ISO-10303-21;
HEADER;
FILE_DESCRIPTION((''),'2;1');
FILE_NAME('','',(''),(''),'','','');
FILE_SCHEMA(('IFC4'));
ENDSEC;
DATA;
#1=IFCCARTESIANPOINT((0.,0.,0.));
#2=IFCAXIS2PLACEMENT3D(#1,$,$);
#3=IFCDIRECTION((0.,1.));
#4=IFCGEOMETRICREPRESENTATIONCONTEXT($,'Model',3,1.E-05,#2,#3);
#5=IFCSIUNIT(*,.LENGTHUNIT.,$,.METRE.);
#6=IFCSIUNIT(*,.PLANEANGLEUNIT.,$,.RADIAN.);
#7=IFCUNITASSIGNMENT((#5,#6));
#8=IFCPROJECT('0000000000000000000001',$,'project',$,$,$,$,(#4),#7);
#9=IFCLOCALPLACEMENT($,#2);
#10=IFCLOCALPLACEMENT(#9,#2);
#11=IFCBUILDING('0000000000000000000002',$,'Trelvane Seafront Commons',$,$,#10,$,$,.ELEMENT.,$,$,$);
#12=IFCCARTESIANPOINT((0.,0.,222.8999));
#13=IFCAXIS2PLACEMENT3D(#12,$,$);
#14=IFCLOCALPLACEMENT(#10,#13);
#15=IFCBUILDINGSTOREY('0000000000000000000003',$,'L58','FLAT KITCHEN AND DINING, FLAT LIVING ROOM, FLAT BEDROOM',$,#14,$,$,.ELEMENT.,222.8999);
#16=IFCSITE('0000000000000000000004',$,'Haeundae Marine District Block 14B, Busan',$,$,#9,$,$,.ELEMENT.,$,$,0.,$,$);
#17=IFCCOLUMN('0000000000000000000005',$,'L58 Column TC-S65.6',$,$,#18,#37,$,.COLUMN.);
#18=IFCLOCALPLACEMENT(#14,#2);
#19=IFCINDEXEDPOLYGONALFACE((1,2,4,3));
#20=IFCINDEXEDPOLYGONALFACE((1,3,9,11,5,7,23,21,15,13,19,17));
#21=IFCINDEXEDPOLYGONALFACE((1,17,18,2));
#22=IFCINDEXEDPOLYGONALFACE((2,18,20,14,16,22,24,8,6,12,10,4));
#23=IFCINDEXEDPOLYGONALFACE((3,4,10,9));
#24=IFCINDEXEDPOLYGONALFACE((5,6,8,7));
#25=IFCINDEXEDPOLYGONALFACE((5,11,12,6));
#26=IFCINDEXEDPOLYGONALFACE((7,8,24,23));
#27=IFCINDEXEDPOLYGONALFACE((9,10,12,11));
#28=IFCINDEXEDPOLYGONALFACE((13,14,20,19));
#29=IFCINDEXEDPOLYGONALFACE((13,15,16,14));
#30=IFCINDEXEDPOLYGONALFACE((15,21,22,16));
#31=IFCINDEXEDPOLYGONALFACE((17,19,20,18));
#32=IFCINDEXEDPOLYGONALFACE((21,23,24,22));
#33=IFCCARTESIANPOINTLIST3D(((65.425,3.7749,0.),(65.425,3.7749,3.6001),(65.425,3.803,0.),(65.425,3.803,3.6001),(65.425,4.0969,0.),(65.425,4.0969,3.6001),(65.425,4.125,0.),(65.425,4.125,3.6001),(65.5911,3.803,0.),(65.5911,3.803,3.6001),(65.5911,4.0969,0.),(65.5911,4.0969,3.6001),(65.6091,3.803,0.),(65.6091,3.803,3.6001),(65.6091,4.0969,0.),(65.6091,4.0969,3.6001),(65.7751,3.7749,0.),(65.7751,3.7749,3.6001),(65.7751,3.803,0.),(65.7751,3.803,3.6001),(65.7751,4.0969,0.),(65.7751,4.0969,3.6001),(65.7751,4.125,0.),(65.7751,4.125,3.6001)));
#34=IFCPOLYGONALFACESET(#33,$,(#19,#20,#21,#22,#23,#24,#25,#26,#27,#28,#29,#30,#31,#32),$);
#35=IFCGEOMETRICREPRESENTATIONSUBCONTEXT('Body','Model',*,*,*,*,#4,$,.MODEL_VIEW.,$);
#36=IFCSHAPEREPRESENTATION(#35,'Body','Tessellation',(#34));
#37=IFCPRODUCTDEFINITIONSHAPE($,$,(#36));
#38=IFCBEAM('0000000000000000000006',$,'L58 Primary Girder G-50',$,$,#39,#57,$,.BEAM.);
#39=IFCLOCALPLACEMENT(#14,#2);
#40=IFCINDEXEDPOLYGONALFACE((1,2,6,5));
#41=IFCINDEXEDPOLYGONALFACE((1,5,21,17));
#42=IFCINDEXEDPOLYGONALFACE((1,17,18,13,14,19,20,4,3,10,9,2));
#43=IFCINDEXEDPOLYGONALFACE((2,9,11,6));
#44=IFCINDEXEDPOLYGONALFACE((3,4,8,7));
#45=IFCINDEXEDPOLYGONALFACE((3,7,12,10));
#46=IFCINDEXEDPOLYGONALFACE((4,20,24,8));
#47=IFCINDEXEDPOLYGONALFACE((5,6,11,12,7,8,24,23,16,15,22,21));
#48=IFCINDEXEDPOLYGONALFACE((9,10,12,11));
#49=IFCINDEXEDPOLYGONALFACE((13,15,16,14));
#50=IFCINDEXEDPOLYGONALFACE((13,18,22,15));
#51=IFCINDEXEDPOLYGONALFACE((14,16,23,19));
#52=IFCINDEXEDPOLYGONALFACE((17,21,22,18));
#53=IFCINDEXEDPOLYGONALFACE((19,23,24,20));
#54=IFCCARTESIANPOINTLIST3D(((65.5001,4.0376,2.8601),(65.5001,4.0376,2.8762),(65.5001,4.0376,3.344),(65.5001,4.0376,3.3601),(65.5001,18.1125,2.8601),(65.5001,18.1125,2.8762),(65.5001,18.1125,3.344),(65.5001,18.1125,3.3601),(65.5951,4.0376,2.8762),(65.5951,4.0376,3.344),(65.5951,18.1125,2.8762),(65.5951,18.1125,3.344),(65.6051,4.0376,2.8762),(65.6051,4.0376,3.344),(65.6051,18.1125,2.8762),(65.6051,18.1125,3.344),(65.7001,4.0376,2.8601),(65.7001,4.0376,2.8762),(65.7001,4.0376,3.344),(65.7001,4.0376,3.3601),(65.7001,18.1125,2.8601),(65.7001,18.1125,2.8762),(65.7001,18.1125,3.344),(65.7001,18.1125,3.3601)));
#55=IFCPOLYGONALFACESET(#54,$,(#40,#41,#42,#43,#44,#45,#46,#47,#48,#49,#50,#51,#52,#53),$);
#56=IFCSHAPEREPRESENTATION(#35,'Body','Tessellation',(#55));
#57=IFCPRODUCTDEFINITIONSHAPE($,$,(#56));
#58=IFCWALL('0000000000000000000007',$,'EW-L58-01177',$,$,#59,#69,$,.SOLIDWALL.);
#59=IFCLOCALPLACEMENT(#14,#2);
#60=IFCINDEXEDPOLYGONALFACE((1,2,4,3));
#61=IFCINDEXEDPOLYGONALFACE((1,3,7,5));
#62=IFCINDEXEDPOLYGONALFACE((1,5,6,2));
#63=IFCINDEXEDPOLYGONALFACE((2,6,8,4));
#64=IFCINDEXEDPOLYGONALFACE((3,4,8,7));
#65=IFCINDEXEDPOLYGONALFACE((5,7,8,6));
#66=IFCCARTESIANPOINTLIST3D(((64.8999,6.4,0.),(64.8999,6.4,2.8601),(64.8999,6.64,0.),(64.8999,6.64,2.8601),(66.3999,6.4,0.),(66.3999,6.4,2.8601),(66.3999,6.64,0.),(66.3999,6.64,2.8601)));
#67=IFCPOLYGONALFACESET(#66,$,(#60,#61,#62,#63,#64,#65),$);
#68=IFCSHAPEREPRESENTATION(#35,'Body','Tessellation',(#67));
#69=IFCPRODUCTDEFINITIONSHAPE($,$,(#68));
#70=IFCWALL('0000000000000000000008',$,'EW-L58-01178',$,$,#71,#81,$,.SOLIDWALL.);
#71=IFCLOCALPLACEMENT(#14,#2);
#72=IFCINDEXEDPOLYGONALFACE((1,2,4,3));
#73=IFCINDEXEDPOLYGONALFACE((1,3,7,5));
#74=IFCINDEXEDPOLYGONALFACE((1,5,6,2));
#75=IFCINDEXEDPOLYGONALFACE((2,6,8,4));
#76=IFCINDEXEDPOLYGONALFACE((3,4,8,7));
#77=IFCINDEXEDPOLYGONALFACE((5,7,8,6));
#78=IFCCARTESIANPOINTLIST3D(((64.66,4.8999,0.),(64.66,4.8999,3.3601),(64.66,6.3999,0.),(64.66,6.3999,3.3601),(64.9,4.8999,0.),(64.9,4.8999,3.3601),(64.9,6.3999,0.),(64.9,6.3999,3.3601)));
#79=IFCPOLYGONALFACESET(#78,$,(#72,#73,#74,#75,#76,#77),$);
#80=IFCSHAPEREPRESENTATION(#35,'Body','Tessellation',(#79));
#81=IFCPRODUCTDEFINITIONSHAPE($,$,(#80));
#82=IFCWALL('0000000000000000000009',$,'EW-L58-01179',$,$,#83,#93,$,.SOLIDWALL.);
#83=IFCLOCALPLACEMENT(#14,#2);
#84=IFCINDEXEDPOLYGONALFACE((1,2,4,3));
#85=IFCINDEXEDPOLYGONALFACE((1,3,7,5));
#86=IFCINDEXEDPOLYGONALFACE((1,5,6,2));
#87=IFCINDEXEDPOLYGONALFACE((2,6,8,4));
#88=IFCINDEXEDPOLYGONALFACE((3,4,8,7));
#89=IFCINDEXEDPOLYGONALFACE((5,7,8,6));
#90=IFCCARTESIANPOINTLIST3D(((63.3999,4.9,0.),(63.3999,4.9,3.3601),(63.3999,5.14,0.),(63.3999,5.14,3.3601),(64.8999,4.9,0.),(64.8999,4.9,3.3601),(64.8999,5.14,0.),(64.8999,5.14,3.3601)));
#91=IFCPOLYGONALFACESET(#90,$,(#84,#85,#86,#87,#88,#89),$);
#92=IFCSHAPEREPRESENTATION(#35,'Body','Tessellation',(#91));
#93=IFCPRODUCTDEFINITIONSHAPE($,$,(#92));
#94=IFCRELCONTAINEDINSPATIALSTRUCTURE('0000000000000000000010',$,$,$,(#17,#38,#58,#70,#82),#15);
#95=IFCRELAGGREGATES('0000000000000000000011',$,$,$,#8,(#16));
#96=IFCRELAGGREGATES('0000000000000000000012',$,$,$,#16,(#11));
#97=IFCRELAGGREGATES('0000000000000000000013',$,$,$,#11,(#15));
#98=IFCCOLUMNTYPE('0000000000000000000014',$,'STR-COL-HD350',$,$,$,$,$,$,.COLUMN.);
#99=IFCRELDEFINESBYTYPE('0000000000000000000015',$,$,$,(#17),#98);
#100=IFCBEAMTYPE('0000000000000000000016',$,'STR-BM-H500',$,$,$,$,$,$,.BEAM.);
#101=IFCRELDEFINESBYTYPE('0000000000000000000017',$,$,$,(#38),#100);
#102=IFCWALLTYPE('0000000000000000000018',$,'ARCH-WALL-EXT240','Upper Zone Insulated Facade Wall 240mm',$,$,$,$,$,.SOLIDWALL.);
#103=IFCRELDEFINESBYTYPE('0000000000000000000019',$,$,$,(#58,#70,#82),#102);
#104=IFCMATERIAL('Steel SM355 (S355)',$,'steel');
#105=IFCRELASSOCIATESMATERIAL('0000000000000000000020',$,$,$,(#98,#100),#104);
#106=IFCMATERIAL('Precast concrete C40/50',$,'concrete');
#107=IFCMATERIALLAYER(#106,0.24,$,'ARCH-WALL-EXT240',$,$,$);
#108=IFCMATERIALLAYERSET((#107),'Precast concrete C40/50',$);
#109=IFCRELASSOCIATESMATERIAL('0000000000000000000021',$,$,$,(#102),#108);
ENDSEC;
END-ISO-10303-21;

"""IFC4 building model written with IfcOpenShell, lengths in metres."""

from ifc_helpers import new_model, si_unit, direction, frame, frame_2d, origin, origin_2d, place, context, subcontext, project, spatial, rectangle, i_section, extrude, source, transform, mapped, material, layer, layer_set, material_profile, profile_set, type_object, element, save


model = new_model("IFC4")

# Units and contexts
model_context = context("Model", 3, precision=1e-05, world=origin(), true_north=direction((0.0, 1.0)))
body_context = subcontext(model_context, "Body", "Model", "MODEL_VIEW")
ifc_project = project(units=[si_unit("LENGTHUNIT", "METRE"), si_unit("PLANEANGLEUNIT", "RADIAN")], contexts=[model_context])

# Site, building, storey
site_placement = place(None, origin())
site = spatial("IfcSite", under=ifc_project, at=site_placement, Name="Haeundae Marine District Block 14B, Busan", CompositionType="ELEMENT", RefElevation=0.0)
building_placement = place(site_placement, origin())
building = spatial("IfcBuilding", under=site, at=building_placement, Name="Trelvane Seafront Commons", CompositionType="ELEMENT")
storey_placement = place(building_placement, frame((0.0, 0.0, 222.8999)))
storey = spatial("IfcBuildingStorey", under=building, at=storey_placement, Name="L58", Description="FLAT KITCHEN AND DINING, FLAT LIVING ROOM, FLAT BEDROOM", CompositionType="ELEMENT", Elevation=222.8999)

# Column
ifc_material_1 = material(Name="Steel SM355 (S355)", Category="steel")
ifc_material_profile_1 = material_profile(ifc_material_1, i_section(OverallWidth=0.3501, OverallDepth=0.3501, WebThickness=0.0181, FlangeThickness=0.0281, at=origin_2d()), Name="HD-350x350x18x28")
ifc_profile_set_1 = profile_set([ifc_material_profile_1], Name="Steel SM355 (S355)")
column_type = type_object("IfcColumnType", Name="STR-COL-HD350", PredefinedType="COLUMN", material=ifc_profile_set_1)
shared_shape_1 = source(origin(), body_context, "Body", "SweptSolid", [
    extrude(i_section(OverallWidth=0.3501, OverallDepth=0.3501, WebThickness=0.0181, FlangeThickness=0.0281, at=origin_2d()), origin(), (0.0, 0.0, 1.0), 3.6001),
])
column_placement = place(storey_placement, frame((65.6001, 3.95, 0.0), z_axis=(0.0, 0.0, 1.0), x_axis=(1.0, 0.0, 0.0)))
element("IfcColumn", 1, at=column_placement, inside=storey, type_object=column_type, Name="L58 Column TC-S65.6", PredefinedType="COLUMN", context=body_context, shape_type="MappedRepresentation", body=[
    mapped(shared_shape_1, transform((0.0, 0.0, 0.0), x_axis=(1.0, 0.0, 0.0), y_axis=(0.0, 1.0, 0.0), z_axis=(0.0, 0.0, 1.0), scale=1.0)),
])

# Beam
ifc_material_profile_2 = material_profile(ifc_material_1, i_section(OverallWidth=0.2, OverallDepth=0.5, WebThickness=0.01, FlangeThickness=0.0161, at=origin_2d()), Name="H-500x200x10x16")
ifc_profile_set_2 = profile_set([ifc_material_profile_2], Name="Steel SM355 (S355)")
beam_type = type_object("IfcBeamType", Name="STR-BM-H500", PredefinedType="BEAM", material=ifc_profile_set_2)
shared_shape_2 = source(origin(), body_context, "Body", "SweptSolid", [
    extrude(i_section(OverallWidth=0.2, OverallDepth=0.5, WebThickness=0.01, FlangeThickness=0.0161, at=origin_2d()), origin(), (0.0, 0.0, 1.0), 14.075),
])
beam_placement = place(storey_placement, frame((65.6001, 4.0376, 3.1101), z_axis=(0.0, 1.0, 0.0), x_axis=(-1.0, 0.0, 0.0)))
element("IfcBeam", 2, at=beam_placement, inside=storey, type_object=beam_type, Name="L58 Primary Girder G-50", PredefinedType="BEAM", context=body_context, shape_type="MappedRepresentation", body=[
    mapped(shared_shape_2, transform((0.0, 0.0, 0.0), x_axis=(1.0, 0.0, 0.0), y_axis=(0.0, 1.0, 0.0), z_axis=(0.0, 0.0, 1.0), scale=1.0)),
])

# Walls
ifc_material_2 = material(Name="Precast concrete C40/50", Category="concrete")
ifc_layer = layer(ifc_material_2, 0.24, Name="ARCH-WALL-EXT240")
ifc_layer_set = layer_set([ifc_layer], Name="Precast concrete C40/50")
wall_type = type_object("IfcWallType", Name="ARCH-WALL-EXT240", Description="Upper Zone Insulated Facade Wall 240mm", PredefinedType="SOLIDWALL", material=ifc_layer_set)
wall_1_placement = place(storey_placement, frame((66.3999, 6.52, 0.0), z_axis=(0.0, 0.0, 1.0), x_axis=(-1.0, 0.0, 0.0)))
element("IfcWall", 3, at=wall_1_placement, inside=storey, type_object=wall_type, Name="EW-L58-01177", PredefinedType="SOLIDWALL", context=body_context, shape_type="SweptSolid", body=[
    extrude(rectangle(XDim=1.5, YDim=0.24, at=frame_2d((0.75, 0.0))), origin(), (0.0, 0.0, 1.0), 2.8601),
])
for number, where, z_axis, x_axis, name in (
    (4, (64.78, 6.3999, 0.0), (0.0, 0.0, 1.0), (0.0, -1.0, 0.0), "EW-L58-01178"),
    (5, (64.8999, 5.02, 0.0), (0.0, 0.0, 1.0), (-1.0, 0.0, 0.0), "EW-L58-01179"),
):
    element("IfcWall", number, at=place(storey_placement, frame(where, z_axis=z_axis, x_axis=x_axis)), inside=storey, type_object=wall_type, Name=name, PredefinedType="SOLIDWALL", context=body_context, shape_type="SweptSolid", body=[
        extrude(rectangle(XDim=1.5, YDim=0.24, at=frame_2d((0.75, 0.0))), origin(), (0.0, 0.0, 1.0), 3.3601),
    ])

save(model, "model.ifc")
